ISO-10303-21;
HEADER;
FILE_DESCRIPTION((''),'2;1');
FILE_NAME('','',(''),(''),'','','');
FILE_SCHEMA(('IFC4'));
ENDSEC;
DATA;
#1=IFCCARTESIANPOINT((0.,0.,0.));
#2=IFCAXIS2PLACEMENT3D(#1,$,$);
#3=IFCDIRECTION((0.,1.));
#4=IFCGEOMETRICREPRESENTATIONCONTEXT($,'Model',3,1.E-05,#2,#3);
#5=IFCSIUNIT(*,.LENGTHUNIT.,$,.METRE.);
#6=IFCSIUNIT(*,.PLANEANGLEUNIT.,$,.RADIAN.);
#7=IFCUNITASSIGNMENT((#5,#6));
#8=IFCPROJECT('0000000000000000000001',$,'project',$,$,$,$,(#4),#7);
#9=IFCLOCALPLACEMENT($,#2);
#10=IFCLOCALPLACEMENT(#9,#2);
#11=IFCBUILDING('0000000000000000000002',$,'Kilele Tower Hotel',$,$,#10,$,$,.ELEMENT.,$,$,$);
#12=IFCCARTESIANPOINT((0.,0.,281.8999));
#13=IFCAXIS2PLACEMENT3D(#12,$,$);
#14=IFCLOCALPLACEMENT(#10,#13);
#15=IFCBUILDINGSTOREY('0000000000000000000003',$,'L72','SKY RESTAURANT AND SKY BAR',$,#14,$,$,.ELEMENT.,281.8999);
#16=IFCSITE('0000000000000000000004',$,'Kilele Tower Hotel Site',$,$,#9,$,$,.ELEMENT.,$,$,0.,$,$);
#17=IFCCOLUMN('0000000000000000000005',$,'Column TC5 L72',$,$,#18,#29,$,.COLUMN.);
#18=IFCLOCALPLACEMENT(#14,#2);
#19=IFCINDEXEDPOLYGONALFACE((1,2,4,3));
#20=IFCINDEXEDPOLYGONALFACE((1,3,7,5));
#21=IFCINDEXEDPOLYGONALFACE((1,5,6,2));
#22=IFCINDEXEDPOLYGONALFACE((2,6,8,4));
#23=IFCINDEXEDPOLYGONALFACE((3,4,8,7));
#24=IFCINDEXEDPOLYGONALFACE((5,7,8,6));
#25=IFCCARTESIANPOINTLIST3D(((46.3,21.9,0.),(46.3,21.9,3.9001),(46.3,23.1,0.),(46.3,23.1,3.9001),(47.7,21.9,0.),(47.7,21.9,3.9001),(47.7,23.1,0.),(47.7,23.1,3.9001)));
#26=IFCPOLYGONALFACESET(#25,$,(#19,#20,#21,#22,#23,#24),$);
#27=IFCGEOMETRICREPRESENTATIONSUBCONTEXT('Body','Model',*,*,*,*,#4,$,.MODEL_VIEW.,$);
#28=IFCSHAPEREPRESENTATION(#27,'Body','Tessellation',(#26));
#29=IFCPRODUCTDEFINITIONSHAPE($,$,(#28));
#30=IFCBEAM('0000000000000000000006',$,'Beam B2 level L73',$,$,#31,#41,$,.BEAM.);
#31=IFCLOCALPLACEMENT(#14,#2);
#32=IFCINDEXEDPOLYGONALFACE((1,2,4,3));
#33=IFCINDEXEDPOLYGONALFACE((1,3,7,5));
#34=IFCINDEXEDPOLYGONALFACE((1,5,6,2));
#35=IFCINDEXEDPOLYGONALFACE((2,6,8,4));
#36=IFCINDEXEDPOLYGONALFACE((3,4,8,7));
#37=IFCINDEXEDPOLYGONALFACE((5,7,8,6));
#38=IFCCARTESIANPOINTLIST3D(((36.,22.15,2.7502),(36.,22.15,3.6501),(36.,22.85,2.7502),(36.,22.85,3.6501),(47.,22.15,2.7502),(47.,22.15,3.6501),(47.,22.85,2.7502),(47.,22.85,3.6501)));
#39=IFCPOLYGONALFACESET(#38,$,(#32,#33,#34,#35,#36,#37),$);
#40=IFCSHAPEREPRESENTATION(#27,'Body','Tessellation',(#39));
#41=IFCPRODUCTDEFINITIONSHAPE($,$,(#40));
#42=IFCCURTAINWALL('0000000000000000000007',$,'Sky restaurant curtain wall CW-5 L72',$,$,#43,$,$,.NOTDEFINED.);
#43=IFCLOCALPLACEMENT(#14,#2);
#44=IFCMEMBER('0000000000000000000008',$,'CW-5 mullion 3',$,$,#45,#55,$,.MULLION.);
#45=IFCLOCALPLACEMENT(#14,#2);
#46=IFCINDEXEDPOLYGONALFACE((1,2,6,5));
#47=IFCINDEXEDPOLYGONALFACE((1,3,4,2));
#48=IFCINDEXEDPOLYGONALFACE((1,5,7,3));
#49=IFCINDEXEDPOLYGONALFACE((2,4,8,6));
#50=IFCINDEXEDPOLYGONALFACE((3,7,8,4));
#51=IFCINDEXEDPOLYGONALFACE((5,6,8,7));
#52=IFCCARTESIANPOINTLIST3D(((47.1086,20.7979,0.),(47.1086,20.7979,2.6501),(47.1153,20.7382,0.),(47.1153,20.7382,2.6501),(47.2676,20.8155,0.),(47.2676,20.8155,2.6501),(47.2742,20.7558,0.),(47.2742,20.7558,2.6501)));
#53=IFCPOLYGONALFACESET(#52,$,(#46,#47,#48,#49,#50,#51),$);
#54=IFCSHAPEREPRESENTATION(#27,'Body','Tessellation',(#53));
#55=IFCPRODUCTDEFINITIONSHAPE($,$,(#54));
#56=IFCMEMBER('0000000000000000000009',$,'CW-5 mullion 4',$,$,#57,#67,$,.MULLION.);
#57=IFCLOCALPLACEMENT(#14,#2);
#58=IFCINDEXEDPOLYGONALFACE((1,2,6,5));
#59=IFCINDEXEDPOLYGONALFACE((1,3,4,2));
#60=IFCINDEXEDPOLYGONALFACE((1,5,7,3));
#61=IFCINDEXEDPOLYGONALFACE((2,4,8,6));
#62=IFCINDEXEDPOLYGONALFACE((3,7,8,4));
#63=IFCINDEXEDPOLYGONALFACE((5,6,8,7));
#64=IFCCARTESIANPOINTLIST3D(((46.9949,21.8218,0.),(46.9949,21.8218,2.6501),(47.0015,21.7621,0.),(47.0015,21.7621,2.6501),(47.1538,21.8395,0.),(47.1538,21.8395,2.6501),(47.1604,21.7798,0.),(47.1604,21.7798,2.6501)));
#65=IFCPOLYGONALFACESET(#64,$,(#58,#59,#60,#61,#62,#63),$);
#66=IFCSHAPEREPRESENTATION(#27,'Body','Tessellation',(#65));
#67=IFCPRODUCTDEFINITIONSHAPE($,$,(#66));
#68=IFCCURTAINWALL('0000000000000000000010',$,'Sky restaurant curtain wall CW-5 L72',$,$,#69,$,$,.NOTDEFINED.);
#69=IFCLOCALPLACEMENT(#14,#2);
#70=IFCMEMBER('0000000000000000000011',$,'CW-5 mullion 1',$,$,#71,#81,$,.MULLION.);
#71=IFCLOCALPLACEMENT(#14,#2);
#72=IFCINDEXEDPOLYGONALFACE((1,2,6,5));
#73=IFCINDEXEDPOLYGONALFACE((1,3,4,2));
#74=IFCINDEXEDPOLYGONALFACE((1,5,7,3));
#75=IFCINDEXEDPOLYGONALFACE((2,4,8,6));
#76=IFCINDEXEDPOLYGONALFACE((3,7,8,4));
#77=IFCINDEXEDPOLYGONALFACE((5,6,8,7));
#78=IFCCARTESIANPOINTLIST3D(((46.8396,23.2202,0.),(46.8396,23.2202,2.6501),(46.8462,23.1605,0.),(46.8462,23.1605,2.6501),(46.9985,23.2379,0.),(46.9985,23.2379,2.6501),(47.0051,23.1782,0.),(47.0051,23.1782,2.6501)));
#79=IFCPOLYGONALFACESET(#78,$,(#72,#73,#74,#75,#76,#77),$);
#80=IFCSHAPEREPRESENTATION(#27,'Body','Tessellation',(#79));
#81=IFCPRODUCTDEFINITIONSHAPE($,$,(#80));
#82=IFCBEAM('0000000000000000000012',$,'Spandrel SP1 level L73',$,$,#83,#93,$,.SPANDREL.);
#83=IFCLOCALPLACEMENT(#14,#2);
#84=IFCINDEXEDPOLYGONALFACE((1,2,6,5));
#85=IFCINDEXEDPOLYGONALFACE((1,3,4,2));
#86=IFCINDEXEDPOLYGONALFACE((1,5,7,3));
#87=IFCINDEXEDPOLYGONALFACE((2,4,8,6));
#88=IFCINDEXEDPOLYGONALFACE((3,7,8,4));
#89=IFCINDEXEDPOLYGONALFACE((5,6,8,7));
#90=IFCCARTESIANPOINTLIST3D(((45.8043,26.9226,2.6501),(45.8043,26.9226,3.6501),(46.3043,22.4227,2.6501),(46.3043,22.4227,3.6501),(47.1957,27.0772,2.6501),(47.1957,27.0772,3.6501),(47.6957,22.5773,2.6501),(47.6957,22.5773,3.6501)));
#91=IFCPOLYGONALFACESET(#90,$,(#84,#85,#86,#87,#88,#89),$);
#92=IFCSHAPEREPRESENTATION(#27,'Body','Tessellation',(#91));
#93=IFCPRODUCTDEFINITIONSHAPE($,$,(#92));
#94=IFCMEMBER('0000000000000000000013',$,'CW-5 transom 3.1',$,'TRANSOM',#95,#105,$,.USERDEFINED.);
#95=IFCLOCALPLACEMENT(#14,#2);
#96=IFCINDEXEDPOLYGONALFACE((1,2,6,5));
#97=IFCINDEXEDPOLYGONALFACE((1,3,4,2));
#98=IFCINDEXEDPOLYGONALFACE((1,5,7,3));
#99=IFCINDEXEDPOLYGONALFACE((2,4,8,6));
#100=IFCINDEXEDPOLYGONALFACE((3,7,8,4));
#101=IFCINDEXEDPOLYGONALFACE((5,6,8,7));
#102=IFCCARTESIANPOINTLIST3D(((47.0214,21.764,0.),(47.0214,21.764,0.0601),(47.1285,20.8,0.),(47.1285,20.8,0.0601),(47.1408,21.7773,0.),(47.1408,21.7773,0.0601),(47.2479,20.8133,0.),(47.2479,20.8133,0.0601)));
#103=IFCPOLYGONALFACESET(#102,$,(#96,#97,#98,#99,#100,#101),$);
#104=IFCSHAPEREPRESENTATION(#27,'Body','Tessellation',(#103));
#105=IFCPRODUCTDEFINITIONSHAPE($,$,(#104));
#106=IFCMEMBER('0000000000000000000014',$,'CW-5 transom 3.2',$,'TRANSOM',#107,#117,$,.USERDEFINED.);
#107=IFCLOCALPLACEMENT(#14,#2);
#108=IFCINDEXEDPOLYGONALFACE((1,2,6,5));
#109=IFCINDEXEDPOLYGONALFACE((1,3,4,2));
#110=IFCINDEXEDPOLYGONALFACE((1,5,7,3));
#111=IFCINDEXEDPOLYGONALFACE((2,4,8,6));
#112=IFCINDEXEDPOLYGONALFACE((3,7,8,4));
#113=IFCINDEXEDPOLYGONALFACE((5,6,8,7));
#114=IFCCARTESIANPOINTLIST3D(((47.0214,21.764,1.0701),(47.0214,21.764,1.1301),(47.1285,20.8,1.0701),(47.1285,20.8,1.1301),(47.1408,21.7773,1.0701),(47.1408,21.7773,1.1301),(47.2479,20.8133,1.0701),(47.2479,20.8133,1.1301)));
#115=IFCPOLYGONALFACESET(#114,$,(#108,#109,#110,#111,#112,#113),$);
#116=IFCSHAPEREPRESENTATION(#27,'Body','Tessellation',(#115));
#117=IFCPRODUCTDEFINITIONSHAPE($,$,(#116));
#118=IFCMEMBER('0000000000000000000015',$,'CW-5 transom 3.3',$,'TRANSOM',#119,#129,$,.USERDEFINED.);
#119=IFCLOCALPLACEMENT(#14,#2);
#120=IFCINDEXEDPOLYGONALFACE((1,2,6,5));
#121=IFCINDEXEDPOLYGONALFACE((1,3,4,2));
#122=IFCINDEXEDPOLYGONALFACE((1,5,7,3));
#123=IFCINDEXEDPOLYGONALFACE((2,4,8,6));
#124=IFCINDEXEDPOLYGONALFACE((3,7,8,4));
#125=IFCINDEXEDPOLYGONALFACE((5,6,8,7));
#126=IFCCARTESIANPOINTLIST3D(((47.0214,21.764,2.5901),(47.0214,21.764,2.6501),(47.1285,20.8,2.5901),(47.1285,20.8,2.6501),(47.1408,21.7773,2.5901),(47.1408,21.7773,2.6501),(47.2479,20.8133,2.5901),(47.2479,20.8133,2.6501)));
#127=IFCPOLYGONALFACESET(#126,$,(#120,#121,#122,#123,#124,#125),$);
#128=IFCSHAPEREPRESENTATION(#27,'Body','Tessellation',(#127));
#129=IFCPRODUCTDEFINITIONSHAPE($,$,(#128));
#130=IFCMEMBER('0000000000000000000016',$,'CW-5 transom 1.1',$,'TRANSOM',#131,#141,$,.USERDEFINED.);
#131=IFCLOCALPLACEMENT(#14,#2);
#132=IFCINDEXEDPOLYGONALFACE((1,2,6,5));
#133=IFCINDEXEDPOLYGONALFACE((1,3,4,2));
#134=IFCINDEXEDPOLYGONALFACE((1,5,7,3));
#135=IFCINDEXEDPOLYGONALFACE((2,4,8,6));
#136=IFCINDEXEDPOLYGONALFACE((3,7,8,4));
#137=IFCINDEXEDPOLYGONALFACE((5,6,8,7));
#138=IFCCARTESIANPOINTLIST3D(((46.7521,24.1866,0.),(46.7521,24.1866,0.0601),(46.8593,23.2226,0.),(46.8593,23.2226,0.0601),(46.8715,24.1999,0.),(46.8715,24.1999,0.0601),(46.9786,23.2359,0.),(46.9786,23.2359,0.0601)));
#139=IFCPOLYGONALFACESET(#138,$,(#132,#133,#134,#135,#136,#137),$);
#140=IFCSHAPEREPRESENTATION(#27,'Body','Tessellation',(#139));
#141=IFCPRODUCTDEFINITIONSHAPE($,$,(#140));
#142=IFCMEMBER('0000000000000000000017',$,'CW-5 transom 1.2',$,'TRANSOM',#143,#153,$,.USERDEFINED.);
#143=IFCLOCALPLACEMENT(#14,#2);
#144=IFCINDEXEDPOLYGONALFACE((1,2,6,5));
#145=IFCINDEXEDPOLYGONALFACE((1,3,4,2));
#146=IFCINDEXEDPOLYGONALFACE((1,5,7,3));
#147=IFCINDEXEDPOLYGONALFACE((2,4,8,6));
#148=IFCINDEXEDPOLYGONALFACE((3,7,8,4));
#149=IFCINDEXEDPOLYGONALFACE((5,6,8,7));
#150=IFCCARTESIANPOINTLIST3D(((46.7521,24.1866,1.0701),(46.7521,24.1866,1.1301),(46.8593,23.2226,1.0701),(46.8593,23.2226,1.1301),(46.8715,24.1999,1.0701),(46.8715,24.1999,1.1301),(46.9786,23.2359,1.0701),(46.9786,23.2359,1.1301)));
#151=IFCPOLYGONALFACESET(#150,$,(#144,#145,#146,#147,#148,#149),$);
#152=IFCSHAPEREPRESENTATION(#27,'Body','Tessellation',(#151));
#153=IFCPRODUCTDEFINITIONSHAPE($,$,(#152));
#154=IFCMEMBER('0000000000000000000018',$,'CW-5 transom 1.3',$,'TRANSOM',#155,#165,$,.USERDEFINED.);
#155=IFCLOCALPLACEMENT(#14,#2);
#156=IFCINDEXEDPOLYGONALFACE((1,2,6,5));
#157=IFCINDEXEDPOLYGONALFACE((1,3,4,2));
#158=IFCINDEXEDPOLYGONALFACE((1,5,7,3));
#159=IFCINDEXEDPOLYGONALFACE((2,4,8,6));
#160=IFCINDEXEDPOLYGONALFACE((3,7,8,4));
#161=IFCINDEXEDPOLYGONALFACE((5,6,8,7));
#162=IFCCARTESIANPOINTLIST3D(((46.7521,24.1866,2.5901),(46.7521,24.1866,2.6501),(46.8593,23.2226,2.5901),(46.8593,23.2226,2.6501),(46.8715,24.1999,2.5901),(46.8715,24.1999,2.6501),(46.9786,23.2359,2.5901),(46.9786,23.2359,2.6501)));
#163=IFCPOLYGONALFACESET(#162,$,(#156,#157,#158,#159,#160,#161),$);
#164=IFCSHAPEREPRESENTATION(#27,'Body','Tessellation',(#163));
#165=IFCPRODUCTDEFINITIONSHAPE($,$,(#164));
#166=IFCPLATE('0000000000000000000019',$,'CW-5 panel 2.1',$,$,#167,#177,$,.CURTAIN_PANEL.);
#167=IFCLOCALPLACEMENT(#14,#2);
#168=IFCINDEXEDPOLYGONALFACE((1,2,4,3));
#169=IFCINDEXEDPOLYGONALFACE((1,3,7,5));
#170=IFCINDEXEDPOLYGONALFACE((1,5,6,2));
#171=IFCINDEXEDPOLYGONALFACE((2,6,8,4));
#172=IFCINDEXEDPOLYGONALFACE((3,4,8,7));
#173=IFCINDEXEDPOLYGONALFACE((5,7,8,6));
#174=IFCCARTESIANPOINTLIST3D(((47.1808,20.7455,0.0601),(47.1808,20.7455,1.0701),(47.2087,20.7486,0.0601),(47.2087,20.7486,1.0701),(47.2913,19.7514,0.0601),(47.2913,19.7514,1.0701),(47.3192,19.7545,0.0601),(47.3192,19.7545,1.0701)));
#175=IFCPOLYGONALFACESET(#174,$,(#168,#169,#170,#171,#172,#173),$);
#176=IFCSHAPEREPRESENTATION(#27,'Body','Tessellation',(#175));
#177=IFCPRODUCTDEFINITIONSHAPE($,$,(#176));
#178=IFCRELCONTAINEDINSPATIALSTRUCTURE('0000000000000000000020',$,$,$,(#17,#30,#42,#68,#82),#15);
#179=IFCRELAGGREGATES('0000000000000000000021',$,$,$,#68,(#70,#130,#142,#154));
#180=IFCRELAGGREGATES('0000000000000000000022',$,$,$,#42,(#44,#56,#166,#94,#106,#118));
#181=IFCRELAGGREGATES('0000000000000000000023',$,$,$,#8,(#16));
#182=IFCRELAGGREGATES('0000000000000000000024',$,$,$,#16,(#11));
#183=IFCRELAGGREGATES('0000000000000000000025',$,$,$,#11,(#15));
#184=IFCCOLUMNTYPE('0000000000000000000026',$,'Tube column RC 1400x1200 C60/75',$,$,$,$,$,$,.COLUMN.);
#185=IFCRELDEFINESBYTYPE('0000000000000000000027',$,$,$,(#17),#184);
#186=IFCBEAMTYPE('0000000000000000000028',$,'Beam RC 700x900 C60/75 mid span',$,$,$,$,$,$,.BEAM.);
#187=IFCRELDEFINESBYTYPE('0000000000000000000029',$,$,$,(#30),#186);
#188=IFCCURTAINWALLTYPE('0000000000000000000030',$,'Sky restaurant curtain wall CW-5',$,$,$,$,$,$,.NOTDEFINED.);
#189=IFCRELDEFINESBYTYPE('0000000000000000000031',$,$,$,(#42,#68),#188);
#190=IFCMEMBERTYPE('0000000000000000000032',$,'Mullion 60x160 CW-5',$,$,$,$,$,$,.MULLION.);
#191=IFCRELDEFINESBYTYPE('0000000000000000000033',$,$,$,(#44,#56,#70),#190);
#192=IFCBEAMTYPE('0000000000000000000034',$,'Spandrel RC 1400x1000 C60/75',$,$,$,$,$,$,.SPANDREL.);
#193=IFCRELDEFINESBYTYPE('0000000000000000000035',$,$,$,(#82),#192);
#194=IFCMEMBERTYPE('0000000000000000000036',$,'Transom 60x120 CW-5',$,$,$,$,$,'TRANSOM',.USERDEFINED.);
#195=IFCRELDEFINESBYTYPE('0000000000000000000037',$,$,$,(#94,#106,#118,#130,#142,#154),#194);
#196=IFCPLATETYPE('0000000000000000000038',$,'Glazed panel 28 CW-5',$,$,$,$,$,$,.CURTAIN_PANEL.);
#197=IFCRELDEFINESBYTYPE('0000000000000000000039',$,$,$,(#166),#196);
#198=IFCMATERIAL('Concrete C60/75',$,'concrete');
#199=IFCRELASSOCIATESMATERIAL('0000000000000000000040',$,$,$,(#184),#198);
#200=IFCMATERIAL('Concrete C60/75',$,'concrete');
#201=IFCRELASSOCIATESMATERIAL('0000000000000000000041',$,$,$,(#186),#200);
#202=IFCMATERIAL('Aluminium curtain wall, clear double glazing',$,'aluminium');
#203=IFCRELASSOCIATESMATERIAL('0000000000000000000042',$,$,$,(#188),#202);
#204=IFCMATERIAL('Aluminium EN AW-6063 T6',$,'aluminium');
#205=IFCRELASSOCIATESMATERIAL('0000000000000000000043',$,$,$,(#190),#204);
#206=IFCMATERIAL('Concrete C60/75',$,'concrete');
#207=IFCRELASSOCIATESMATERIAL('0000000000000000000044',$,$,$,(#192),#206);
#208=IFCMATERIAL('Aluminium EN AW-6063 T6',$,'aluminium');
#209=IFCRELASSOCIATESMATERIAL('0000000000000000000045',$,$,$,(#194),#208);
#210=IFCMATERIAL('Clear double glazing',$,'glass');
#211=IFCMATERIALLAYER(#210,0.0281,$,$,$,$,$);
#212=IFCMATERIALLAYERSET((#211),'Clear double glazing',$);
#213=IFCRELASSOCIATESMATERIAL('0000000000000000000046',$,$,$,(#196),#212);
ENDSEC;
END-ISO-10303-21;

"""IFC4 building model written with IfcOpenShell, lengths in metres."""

from ifc_helpers import new_model, si_unit, direction, frame, origin, origin_2d, place, context, subcontext, project, spatial, rectangle, extrude, material, layer, layer_set, material_profile, profile_set, type_object, element, aggregate, save


model = new_model("IFC4")

# Units and contexts
model_context = context("Model", 3, precision=1e-05, world=origin(), true_north=direction((0.0, 1.0)))
body_context = subcontext(model_context, "Body", "Model", "MODEL_VIEW")
ifc_project = project(units=[si_unit("LENGTHUNIT", "METRE"), si_unit("PLANEANGLEUNIT", "RADIAN")], contexts=[model_context])

# Site, building, storey
site_placement = place(None, origin())
site = spatial("IfcSite", under=ifc_project, at=site_placement, Name="Kilele Tower Hotel Site", CompositionType="ELEMENT", RefElevation=0.0)
building_placement = place(site_placement, origin())
building = spatial("IfcBuilding", under=site, at=building_placement, Name="Kilele Tower Hotel", CompositionType="ELEMENT")
storey_placement = place(building_placement, frame((0.0, 0.0, 281.8999)))
storey = spatial("IfcBuildingStorey", under=building, at=storey_placement, Name="L72", Description="SKY RESTAURANT AND SKY BAR", CompositionType="ELEMENT", Elevation=281.8999)

# Column
ifc_material_1 = material(Name="Concrete C60/75", Category="concrete")
ifc_material_profile_1 = material_profile(ifc_material_1, rectangle(XDim=1.3999, YDim=1.2, at=origin_2d()))
ifc_profile_set_1 = profile_set([ifc_material_profile_1], Name="Concrete C60/75")
column_type = type_object("IfcColumnType", Name="Tube column RC 1400x1200 C60/75", PredefinedType="COLUMN", material=ifc_profile_set_1)
column_placement = place(storey_placement, frame((47.0, 22.5, 0.0), z_axis=(0.0, 0.0, 1.0), x_axis=(1.0, 0.0, 0.0)))
element("IfcColumn", 1, at=column_placement, inside=storey, type_object=column_type, Name="Column TC5 L72", PredefinedType="COLUMN", context=body_context, shape_type="SweptSolid", body=[
    extrude(rectangle(XDim=1.3999, YDim=1.2, at=origin_2d()), origin(), (0.0, 0.0, 1.0), 3.9001),
])

# Beam
ifc_material_2 = material(Name="Concrete C60/75", Category="concrete")
ifc_material_profile_2 = material_profile(ifc_material_2, rectangle(XDim=0.7, YDim=0.8999, at=origin_2d()))
ifc_profile_set_2 = profile_set([ifc_material_profile_2], Name="Concrete C60/75")
beam_type_1 = type_object("IfcBeamType", Name="Beam RC 700x900 C60/75 mid span", PredefinedType="BEAM", material=ifc_profile_set_2)
beam_1_placement = place(storey_placement, frame((47.0, 22.5, 3.2002), z_axis=(-1.0, 0.0, 0.0), x_axis=(0.0, -1.0, 0.0)))
element("IfcBeam", 2, at=beam_1_placement, inside=storey, type_object=beam_type_1, Name="Beam B2 level L73", PredefinedType="BEAM", context=body_context, shape_type="SweptSolid", body=[
    extrude(rectangle(XDim=0.7, YDim=0.8999, at=origin_2d()), origin(), (0.0, 0.0, 1.0), 11.0),
])

# Curtain wall, members
ifc_material_3 = material(Name="Aluminium curtain wall, clear double glazing", Category="aluminium")
curtain_wall_type = type_object("IfcCurtainWallType", Name="Sky restaurant curtain wall CW-5", PredefinedType="NOTDEFINED", material=ifc_material_3)
curtain_wall_1_placement = place(storey_placement, origin())
curtain_wall_1 = element("IfcCurtainWall", 3, at=curtain_wall_1_placement, inside=storey, type_object=curtain_wall_type, Name="Sky restaurant curtain wall CW-5 L72", PredefinedType="NOTDEFINED")
ifc_material_4 = material(Name="Aluminium EN AW-6063 T6", Category="aluminium")
ifc_material_profile_3 = material_profile(ifc_material_4, rectangle(XDim=0.1599, YDim=0.0601, at=origin_2d()))
ifc_profile_set_3 = profile_set([ifc_material_profile_3], Name="Aluminium EN AW-6063 T6")
member_type_1 = type_object("IfcMemberType", Name="Mullion 60x160 CW-5", PredefinedType="MULLION", material=ifc_profile_set_3)
member_1_placement = place(storey_placement, frame((47.1914, 20.7769, 0.0), z_axis=(0.0, 0.0, 1.0), x_axis=(-0.993884, -0.110432, 0.0)))
member_1 = element("IfcMember", 4, at=member_1_placement, type_object=member_type_1, Name="CW-5 mullion 3", PredefinedType="MULLION", context=body_context, shape_type="SweptSolid", body=[
    extrude(rectangle(XDim=0.1599, YDim=0.0601, at=origin_2d()), origin(), (0.0, 0.0, 1.0), 2.6501),
])
member_2_placement = place(storey_placement, frame((47.0776, 21.8008, 0.0), z_axis=(0.0, 0.0, 1.0), x_axis=(-0.993884, -0.110432, 0.0)))
member_2 = element("IfcMember", 5, at=member_2_placement, type_object=member_type_1, Name="CW-5 mullion 4", PredefinedType="MULLION", context=body_context, shape_type="SweptSolid", body=[
    extrude(rectangle(XDim=0.1599, YDim=0.0601, at=origin_2d()), origin(), (0.0, 0.0, 1.0), 2.6501),
])

# Curtain wall, member
curtain_wall_2_placement = place(storey_placement, origin())
curtain_wall_2 = element("IfcCurtainWall", 6, at=curtain_wall_2_placement, inside=storey, type_object=curtain_wall_type, Name="Sky restaurant curtain wall CW-5 L72", PredefinedType="NOTDEFINED")
member_3_placement = place(storey_placement, frame((46.9224, 23.1992, 0.0), z_axis=(0.0, 0.0, 1.0), x_axis=(-0.993884, -0.110432, 0.0)))
member_3 = element("IfcMember", 7, at=member_3_placement, type_object=member_type_1, Name="CW-5 mullion 1", PredefinedType="MULLION", context=body_context, shape_type="SweptSolid", body=[
    extrude(rectangle(XDim=0.1599, YDim=0.0601, at=origin_2d()), origin(), (0.0, 0.0, 1.0), 2.6501),
])

# Beam
ifc_material_5 = material(Name="Concrete C60/75", Category="concrete")
ifc_material_profile_4 = material_profile(ifc_material_5, rectangle(XDim=1.3999, YDim=1.0, at=origin_2d()))
ifc_profile_set_4 = profile_set([ifc_material_profile_4], Name="Concrete C60/75")
beam_type_2 = type_object("IfcBeamType", Name="Spandrel RC 1400x1000 C60/75", PredefinedType="SPANDREL", material=ifc_profile_set_4)
beam_2_placement = place(storey_placement, frame((47.0, 22.5, 3.1501), z_axis=(-0.110432, 0.993884, 0.0), x_axis=(-0.993884, -0.110432, 0.0)))
element("IfcBeam", 8, at=beam_2_placement, inside=storey, type_object=beam_type_2, Name="Spandrel SP1 level L73", PredefinedType="SPANDREL", context=body_context, shape_type="SweptSolid", body=[
    extrude(rectangle(XDim=1.3999, YDim=1.0, at=origin_2d()), origin(), (0.0, 0.0, 1.0), 4.5276),
])

# Members
ifc_material_6 = material(Name="Aluminium EN AW-6063 T6", Category="aluminium")
ifc_material_profile_5 = material_profile(ifc_material_6, rectangle(XDim=0.1201, YDim=0.0601, at=origin_2d()))
ifc_profile_set_5 = profile_set([ifc_material_profile_5], Name="Aluminium EN AW-6063 T6")
member_type_2 = type_object("IfcMemberType", Name="Transom 60x120 CW-5", ElementType="TRANSOM", PredefinedType="USERDEFINED", material=ifc_profile_set_5)
member_4_placement = place(storey_placement, frame((47.1882, 20.8066, 0.03), z_axis=(-0.110487, 0.993878, 0.0), x_axis=(-0.993878, -0.110487, 0.0)))
member_4 = element("IfcMember", 9, at=member_4_placement, type_object=member_type_2, Name="CW-5 transom 3.1", ObjectType="TRANSOM", PredefinedType="USERDEFINED", context=body_context, shape_type="SweptSolid", body=[
    extrude(rectangle(XDim=0.1201, YDim=0.0601, at=origin_2d()), origin(), (0.0, 0.0, 1.0), 0.97),
])
member_5_placement = place(storey_placement, frame((47.1882, 20.8066, 1.1001), z_axis=(-0.110487, 0.993878, 0.0), x_axis=(-0.993878, -0.110487, 0.0)))
member_5 = element("IfcMember", 10, at=member_5_placement, type_object=member_type_2, Name="CW-5 transom 3.2", ObjectType="TRANSOM", PredefinedType="USERDEFINED", context=body_context, shape_type="SweptSolid", body=[
    extrude(rectangle(XDim=0.1201, YDim=0.0601, at=origin_2d()), origin(), (0.0, 0.0, 1.0), 0.97),
])
member_6_placement = place(storey_placement, frame((47.1882, 20.8066, 2.6201), z_axis=(-0.110487, 0.993878, 0.0), x_axis=(-0.993878, -0.110487, 0.0)))
member_6 = element("IfcMember", 11, at=member_6_placement, type_object=member_type_2, Name="CW-5 transom 3.3", ObjectType="TRANSOM", PredefinedType="USERDEFINED", context=body_context, shape_type="SweptSolid", body=[
    extrude(rectangle(XDim=0.1201, YDim=0.0601, at=origin_2d()), origin(), (0.0, 0.0, 1.0), 0.97),
])
member_7_placement = place(storey_placement, frame((46.9189, 23.2292, 0.03), z_axis=(-0.110487, 0.993878, 0.0), x_axis=(-0.993878, -0.110487, 0.0)))
member_7 = element("IfcMember", 12, at=member_7_placement, type_object=member_type_2, Name="CW-5 transom 1.1", ObjectType="TRANSOM", PredefinedType="USERDEFINED", context=body_context, shape_type="SweptSolid", body=[
    extrude(rectangle(XDim=0.1201, YDim=0.0601, at=origin_2d()), origin(), (0.0, 0.0, 1.0), 0.97),
])
member_8_placement = place(storey_placement, frame((46.9189, 23.2292, 1.1001), z_axis=(-0.110487, 0.993878, 0.0), x_axis=(-0.993878, -0.110487, 0.0)))
member_8 = element("IfcMember", 13, at=member_8_placement, type_object=member_type_2, Name="CW-5 transom 1.2", ObjectType="TRANSOM", PredefinedType="USERDEFINED", context=body_context, shape_type="SweptSolid", body=[
    extrude(rectangle(XDim=0.1201, YDim=0.0601, at=origin_2d()), origin(), (0.0, 0.0, 1.0), 0.97),
])
member_9_placement = place(storey_placement, frame((46.9189, 23.2292, 2.6201), z_axis=(-0.110487, 0.993878, 0.0), x_axis=(-0.993878, -0.110487, 0.0)))
member_9 = element("IfcMember", 14, at=member_9_placement, type_object=member_type_2, Name="CW-5 transom 1.3", ObjectType="TRANSOM", PredefinedType="USERDEFINED", context=body_context, shape_type="SweptSolid", body=[
    extrude(rectangle(XDim=0.1201, YDim=0.0601, at=origin_2d()), origin(), (0.0, 0.0, 1.0), 0.97),
])
aggregate(curtain_wall_2, [member_3, member_7, member_8, member_9])

# Plate
ifc_material_7 = material(Name="Clear double glazing", Category="glass")
ifc_layer_1 = layer(ifc_material_7, 0.0281)
ifc_layer_set_1 = layer_set([ifc_layer_1], Name="Clear double glazing")
plate_type = type_object("IfcPlateType", Name="Glazed panel 28 CW-5", PredefinedType="CURTAIN_PANEL", material=ifc_layer_set_1)
plate_1_placement = place(storey_placement, frame((47.25, 20.25, 0.0601), z_axis=(0.0, 0.0, 1.0), x_axis=(-0.110432, 0.993884, 0.0)))
plate_1 = element("IfcPlate", 15, at=plate_1_placement, type_object=plate_type, Name="CW-5 panel 2.1", PredefinedType="CURTAIN_PANEL", context=body_context, shape_type="SweptSolid", body=[
    extrude(rectangle(XDim=1.0002, YDim=0.0281, at=origin_2d()), origin(), (0.0, 0.0, 1.0), 1.01),
])
aggregate(curtain_wall_1, [member_1, member_2, plate_1, member_4, member_5, member_6])

save(model, "model.ifc")
